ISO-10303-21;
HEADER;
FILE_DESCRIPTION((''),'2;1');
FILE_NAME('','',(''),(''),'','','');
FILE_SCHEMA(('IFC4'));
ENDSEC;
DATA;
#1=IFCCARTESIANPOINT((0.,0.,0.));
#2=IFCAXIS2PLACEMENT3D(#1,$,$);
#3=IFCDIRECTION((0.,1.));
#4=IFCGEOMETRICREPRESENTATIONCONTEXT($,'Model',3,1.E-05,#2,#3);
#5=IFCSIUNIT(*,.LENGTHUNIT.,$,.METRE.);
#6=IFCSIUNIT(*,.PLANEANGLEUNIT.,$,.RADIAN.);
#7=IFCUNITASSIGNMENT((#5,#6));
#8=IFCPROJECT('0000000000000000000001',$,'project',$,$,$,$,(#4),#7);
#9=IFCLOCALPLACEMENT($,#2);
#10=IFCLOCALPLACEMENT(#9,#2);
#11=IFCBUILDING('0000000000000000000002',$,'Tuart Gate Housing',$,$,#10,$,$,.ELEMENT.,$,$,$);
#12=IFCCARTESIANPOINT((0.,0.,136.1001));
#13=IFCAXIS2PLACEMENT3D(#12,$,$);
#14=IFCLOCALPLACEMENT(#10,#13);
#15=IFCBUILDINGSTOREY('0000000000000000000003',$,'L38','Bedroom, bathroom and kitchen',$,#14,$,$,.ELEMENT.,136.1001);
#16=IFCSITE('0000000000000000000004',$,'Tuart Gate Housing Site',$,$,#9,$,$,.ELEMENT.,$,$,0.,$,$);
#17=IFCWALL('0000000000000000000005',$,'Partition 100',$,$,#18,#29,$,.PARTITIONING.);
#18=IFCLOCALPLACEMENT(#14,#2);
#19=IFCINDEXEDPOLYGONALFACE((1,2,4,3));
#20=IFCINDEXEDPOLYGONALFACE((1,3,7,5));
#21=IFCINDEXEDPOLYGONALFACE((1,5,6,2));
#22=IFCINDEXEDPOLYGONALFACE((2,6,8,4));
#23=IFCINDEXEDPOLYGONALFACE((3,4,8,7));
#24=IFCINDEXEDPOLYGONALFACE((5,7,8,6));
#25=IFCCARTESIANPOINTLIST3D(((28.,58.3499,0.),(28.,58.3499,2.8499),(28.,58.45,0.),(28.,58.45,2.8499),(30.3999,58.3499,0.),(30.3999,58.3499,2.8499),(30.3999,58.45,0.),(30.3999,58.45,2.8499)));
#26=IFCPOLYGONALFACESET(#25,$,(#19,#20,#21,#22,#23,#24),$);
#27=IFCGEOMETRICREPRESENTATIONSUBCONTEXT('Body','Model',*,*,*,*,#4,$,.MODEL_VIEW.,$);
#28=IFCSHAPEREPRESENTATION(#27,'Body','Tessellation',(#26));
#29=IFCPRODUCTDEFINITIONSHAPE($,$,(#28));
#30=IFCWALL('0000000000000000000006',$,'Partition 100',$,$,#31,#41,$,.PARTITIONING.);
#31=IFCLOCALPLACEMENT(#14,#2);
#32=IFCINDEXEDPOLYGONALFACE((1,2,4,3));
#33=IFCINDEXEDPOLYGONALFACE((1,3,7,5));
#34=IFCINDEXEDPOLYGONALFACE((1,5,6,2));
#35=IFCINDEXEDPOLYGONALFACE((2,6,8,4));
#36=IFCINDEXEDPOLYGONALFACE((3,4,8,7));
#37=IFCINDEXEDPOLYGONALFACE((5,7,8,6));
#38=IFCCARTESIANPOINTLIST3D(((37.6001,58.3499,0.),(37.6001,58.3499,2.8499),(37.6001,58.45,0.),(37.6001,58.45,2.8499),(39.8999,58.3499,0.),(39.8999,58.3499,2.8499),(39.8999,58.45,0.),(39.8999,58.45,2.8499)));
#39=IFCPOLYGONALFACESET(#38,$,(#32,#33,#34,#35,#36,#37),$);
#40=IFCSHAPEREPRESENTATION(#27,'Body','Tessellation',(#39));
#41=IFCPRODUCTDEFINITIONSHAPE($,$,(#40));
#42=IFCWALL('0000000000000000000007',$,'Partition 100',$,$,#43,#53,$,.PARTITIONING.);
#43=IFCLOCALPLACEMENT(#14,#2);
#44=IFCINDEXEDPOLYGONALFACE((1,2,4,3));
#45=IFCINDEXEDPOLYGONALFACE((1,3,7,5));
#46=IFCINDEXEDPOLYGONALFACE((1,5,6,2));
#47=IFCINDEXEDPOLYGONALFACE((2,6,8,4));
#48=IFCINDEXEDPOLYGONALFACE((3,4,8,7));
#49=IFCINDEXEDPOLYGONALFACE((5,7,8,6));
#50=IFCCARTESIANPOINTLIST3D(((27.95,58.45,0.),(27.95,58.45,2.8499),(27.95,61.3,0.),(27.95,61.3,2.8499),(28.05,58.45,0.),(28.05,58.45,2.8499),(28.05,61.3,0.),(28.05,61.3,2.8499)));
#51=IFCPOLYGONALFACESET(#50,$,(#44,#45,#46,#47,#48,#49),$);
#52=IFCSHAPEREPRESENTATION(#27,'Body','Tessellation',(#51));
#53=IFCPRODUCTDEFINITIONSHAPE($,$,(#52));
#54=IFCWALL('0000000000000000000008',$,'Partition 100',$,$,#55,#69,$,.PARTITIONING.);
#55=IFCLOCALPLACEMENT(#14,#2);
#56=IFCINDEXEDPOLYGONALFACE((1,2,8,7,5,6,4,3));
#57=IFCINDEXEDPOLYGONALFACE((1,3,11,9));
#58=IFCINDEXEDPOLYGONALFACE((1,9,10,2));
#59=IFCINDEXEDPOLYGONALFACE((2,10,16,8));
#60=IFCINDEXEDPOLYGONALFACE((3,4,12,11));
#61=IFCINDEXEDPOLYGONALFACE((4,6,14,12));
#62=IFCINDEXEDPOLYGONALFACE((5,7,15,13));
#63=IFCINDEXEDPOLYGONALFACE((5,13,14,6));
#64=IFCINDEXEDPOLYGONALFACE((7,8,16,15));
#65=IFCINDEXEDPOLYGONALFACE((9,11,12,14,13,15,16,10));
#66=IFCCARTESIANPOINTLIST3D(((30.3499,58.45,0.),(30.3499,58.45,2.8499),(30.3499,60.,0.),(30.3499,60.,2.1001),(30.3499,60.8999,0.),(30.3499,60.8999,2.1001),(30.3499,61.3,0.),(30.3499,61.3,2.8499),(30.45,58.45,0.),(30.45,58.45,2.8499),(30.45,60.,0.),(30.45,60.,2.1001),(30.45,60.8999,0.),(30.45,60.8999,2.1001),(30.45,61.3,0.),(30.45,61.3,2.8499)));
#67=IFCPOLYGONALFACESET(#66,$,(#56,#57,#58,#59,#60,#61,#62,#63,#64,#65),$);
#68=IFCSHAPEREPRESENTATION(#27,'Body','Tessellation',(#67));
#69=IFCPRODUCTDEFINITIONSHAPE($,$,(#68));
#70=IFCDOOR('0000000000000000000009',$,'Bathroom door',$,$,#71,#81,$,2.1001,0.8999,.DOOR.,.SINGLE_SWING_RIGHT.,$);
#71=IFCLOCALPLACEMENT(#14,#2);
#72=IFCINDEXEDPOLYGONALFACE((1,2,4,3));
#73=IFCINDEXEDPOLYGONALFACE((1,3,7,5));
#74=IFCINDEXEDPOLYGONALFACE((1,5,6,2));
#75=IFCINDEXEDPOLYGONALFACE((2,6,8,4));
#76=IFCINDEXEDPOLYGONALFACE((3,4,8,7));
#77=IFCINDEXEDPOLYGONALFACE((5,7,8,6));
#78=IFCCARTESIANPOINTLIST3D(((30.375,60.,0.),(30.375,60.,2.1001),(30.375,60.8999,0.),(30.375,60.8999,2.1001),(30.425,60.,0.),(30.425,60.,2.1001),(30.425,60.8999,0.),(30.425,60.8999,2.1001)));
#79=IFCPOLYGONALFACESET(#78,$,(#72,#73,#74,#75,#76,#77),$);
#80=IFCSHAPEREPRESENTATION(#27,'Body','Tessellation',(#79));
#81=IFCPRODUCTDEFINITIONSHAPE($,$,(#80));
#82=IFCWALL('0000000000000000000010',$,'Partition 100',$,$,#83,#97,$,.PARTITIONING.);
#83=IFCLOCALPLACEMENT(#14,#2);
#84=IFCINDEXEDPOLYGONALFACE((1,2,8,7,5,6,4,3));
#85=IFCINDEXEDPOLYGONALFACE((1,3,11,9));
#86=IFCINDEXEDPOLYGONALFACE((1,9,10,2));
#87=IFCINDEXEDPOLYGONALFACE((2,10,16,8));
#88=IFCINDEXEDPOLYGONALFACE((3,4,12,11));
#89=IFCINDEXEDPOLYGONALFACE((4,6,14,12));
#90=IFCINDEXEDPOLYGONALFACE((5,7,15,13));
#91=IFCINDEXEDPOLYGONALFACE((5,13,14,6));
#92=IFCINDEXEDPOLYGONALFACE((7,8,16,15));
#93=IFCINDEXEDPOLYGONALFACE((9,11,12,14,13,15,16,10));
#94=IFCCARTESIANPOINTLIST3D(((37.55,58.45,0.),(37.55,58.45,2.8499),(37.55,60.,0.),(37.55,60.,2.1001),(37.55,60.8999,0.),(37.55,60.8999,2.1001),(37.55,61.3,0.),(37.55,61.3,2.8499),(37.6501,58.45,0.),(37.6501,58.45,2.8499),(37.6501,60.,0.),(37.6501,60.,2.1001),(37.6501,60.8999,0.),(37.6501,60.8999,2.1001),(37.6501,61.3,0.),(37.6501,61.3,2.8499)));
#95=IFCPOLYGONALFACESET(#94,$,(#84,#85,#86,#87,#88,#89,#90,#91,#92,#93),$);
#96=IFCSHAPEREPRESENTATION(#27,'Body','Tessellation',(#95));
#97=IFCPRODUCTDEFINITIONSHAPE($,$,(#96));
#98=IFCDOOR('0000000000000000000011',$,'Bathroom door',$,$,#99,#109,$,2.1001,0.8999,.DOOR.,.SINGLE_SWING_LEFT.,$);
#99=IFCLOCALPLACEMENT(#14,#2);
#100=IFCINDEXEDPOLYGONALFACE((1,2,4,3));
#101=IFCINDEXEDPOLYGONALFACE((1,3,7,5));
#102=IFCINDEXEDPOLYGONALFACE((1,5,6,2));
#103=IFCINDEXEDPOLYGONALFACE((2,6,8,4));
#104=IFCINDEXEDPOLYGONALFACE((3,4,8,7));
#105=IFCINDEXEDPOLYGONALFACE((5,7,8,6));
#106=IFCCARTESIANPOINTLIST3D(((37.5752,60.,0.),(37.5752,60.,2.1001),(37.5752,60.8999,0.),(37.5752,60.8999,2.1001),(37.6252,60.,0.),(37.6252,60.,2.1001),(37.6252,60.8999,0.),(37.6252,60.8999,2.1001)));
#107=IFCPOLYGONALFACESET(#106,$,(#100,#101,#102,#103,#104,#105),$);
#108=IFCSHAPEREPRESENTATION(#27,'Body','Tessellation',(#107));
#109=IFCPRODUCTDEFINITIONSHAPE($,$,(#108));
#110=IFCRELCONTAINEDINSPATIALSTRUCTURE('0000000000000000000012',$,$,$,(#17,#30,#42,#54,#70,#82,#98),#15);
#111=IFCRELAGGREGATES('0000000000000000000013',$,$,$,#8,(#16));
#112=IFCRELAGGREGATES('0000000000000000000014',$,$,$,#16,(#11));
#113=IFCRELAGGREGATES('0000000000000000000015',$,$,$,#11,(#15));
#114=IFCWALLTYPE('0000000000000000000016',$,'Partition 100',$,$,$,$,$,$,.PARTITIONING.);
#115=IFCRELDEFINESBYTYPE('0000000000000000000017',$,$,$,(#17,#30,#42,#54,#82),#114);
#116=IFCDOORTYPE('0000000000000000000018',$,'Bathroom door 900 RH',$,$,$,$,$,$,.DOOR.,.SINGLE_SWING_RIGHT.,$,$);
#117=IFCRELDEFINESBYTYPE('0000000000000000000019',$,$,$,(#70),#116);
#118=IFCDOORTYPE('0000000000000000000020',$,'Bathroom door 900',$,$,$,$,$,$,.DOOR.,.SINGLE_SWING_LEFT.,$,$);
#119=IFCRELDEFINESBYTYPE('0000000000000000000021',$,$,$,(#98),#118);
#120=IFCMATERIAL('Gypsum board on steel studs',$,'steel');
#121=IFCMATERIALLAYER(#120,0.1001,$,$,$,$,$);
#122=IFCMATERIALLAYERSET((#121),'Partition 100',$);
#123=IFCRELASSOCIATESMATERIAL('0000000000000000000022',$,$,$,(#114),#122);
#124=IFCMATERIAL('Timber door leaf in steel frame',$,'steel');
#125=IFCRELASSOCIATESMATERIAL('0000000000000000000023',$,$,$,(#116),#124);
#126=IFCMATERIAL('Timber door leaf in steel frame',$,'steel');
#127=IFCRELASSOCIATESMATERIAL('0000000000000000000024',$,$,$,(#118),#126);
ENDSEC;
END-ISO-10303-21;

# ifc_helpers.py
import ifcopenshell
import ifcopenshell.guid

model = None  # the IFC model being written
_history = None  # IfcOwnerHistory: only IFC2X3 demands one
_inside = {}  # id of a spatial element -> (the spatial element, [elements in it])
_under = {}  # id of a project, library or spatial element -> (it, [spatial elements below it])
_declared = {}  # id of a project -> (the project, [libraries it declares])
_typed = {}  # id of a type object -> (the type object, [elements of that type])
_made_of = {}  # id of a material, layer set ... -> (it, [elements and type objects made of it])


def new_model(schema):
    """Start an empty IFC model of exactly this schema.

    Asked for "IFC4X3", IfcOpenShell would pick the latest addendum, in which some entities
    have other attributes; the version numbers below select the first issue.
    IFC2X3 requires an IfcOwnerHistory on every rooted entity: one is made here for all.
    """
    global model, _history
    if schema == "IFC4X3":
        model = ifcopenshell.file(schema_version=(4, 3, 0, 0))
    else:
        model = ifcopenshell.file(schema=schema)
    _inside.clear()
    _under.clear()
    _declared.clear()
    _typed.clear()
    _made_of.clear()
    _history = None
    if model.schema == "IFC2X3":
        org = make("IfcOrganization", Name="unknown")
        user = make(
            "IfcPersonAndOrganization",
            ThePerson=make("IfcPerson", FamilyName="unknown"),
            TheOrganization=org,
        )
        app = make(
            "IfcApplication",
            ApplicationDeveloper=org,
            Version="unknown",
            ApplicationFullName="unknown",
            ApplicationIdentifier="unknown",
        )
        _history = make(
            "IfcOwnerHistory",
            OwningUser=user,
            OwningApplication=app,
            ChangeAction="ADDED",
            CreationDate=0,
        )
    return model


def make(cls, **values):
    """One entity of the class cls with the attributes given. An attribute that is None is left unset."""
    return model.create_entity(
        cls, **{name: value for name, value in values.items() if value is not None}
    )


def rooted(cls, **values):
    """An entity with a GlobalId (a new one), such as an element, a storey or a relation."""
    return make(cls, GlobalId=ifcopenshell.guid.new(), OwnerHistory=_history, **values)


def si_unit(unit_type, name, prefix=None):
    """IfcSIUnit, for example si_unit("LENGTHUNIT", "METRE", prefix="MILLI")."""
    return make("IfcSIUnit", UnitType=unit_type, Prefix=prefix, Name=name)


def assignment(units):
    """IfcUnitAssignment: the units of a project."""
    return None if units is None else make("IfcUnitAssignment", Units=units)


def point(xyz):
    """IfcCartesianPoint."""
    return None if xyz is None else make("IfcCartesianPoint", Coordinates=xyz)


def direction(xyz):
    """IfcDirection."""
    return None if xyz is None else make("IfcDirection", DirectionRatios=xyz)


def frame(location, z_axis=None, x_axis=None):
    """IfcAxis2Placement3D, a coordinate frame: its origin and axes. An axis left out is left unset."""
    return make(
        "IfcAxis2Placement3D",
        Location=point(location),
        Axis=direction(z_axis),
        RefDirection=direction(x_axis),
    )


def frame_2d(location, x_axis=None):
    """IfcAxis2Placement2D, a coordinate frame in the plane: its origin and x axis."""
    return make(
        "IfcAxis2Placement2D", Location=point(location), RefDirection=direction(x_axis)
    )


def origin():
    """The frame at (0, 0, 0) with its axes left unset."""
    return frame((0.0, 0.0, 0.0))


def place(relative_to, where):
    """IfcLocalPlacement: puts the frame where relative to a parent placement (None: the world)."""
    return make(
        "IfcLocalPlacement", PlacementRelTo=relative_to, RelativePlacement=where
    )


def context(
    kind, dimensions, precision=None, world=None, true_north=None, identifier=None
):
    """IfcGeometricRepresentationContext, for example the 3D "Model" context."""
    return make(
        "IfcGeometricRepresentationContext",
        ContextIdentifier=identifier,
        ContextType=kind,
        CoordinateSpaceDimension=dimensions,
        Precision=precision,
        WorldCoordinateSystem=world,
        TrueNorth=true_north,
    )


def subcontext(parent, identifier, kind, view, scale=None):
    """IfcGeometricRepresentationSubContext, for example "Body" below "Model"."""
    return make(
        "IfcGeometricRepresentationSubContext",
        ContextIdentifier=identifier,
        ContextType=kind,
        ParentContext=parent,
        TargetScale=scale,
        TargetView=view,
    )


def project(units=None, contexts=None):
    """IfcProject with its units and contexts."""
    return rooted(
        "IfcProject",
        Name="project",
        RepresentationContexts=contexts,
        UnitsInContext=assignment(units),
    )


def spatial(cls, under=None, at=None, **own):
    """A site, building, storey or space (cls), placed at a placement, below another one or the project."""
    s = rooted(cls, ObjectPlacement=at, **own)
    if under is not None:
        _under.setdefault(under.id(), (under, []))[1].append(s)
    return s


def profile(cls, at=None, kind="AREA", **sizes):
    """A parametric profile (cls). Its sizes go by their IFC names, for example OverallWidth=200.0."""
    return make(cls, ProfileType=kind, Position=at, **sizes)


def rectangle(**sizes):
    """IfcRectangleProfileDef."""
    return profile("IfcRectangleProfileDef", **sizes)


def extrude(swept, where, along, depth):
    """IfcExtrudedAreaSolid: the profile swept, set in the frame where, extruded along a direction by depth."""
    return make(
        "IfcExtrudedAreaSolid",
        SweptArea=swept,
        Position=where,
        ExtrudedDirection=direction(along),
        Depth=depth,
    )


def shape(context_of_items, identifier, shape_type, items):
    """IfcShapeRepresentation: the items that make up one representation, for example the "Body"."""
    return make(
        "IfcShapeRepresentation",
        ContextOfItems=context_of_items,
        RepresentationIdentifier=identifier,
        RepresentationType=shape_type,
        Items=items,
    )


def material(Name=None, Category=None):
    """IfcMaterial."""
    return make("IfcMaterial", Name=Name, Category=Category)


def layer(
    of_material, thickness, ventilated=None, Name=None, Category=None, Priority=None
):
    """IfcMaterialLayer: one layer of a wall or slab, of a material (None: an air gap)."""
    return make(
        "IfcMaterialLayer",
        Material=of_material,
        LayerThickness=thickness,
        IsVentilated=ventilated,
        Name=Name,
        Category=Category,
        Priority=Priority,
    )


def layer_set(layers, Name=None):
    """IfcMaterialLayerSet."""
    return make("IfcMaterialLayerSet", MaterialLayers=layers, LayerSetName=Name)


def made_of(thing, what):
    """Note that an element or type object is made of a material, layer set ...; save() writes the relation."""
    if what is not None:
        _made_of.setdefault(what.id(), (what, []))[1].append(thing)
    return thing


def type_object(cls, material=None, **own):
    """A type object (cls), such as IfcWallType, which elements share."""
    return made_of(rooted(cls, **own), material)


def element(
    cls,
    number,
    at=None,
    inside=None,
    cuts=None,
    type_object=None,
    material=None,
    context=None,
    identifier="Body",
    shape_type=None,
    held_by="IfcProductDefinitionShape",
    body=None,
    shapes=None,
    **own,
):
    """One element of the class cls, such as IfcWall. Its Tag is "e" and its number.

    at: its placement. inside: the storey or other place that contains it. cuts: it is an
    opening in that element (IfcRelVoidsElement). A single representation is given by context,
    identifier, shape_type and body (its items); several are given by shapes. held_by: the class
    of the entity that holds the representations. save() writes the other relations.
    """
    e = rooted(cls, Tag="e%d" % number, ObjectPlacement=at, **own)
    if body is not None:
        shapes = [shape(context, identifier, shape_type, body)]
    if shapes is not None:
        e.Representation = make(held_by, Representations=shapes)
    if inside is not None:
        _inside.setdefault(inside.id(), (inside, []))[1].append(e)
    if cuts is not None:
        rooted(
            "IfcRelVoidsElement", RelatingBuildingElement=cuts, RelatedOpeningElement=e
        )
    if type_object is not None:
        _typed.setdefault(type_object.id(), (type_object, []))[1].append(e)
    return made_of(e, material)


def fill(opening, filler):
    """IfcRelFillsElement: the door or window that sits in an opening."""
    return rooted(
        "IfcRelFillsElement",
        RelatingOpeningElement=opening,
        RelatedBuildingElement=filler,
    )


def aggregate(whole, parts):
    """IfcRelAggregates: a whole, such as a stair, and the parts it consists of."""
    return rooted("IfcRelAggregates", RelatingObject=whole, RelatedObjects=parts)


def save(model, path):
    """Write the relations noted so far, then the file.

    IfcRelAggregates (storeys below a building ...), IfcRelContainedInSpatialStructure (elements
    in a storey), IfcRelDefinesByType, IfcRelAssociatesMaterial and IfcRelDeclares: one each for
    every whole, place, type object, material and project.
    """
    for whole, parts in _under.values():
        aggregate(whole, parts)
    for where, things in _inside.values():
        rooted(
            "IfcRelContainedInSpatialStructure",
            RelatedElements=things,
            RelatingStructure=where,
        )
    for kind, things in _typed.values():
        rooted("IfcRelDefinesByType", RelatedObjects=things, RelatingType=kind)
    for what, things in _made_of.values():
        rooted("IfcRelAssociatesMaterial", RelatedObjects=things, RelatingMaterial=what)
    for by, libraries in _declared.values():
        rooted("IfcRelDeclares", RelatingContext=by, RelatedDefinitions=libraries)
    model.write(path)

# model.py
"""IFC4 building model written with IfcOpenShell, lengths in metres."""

from ifc_helpers import new_model, si_unit, direction, frame, frame_2d, origin, place, context, subcontext, project, spatial, rectangle, extrude, material, layer, layer_set, type_object, element, fill, save


model = new_model("IFC4")

# Units and contexts
model_context = context("Model", 3, precision=1e-05, world=origin(), true_north=direction((0.0, 1.0)))
body_context = subcontext(model_context, "Body", "Model", "MODEL_VIEW")
ifc_project = project(units=[si_unit("LENGTHUNIT", "METRE"), si_unit("PLANEANGLEUNIT", "RADIAN")], contexts=[model_context])

# Site, building, storey
site_placement = place(None, origin())
site = spatial("IfcSite", under=ifc_project, at=site_placement, Name="Tuart Gate Housing Site", CompositionType="ELEMENT", RefElevation=0.0)
building_placement = place(site_placement, origin())
building = spatial("IfcBuilding", under=site, at=building_placement, Name="Tuart Gate Housing", CompositionType="ELEMENT")
storey_placement = place(building_placement, frame((0.0, 0.0, 136.1001)))
storey = spatial("IfcBuildingStorey", under=building, at=storey_placement, Name="L38", Description="Bedroom, bathroom and kitchen", CompositionType="ELEMENT", Elevation=136.1001)

# Walls
ifc_material_1 = material(Name="Gypsum board on steel studs", Category="steel")
ifc_layer_1 = layer(ifc_material_1, 0.1001)
ifc_layer_set_1 = layer_set([ifc_layer_1], Name="Partition 100")
wall_type_1 = type_object("IfcWallType", Name="Partition 100", PredefinedType="PARTITIONING", material=ifc_layer_set_1)
wall_1_placement = place(storey_placement, frame((28.0, 58.3999, 0.0), z_axis=(0.0, 0.0, 1.0), x_axis=(1.0, 0.0, 0.0)))
element("IfcWall", 1, at=wall_1_placement, inside=storey, type_object=wall_type_1, Name="Partition 100", PredefinedType="PARTITIONING", context=body_context, shape_type="SweptSolid", body=[
    extrude(rectangle(XDim=2.3999, YDim=0.1001, at=frame_2d((1.2, 0.0))), origin(), (0.0, 0.0, 1.0), 2.8499),
])
wall_2_placement = place(storey_placement, frame((37.6001, 58.3999, 0.0), z_axis=(0.0, 0.0, 1.0), x_axis=(1.0, 0.0, 0.0)))
element("IfcWall", 2, at=wall_2_placement, inside=storey, type_object=wall_type_1, Name="Partition 100", PredefinedType="PARTITIONING", context=body_context, shape_type="SweptSolid", body=[
    extrude(rectangle(XDim=2.2998, YDim=0.1001, at=frame_2d((1.1499, 0.0))), origin(), (0.0, 0.0, 1.0), 2.8499),
])
wall_3_placement = place(storey_placement, frame((28.0, 58.45, 0.0), z_axis=(0.0, 0.0, 1.0), x_axis=(0.0, 1.0, 0.0)))
element("IfcWall", 3, at=wall_3_placement, inside=storey, type_object=wall_type_1, Name="Partition 100", PredefinedType="PARTITIONING", context=body_context, shape_type="SweptSolid", body=[
    extrude(rectangle(XDim=2.8501, YDim=0.1001, at=frame_2d((1.425, 0.0))), origin(), (0.0, 0.0, 1.0), 2.8499),
])

# Walls, openings, doors
wall_4_placement = place(storey_placement, frame((30.3999, 58.45, 0.0), z_axis=(0.0, 0.0, 1.0), x_axis=(0.0, 1.0, 0.0)))
wall_4 = element("IfcWall", 4, at=wall_4_placement, inside=storey, type_object=wall_type_1, Name="Partition 100", PredefinedType="PARTITIONING", context=body_context, shape_type="SweptSolid", body=[
    extrude(rectangle(XDim=2.8501, YDim=0.1001, at=frame_2d((1.425, 0.0))), origin(), (0.0, 0.0, 1.0), 2.8499),
])
opening_1_placement = place(wall_4_placement, frame((1.55, 0.0, 0.0)))
opening_1 = element("IfcOpeningElement", 5, at=opening_1_placement, cuts=wall_4, PredefinedType="OPENING", context=body_context, shape_type="SweptSolid", body=[
    extrude(rectangle(XDim=0.8999, YDim=2.1001, at=frame_2d((0.45, 1.05))), frame((0.0, 0.0601, 0.0), z_axis=(0.0, -1.0, 0.0), x_axis=(1.0, 0.0, 0.0)), (0.0, 0.0, 1.0), 0.1201),
])
ifc_material_2 = material(Name="Timber door leaf in steel frame", Category="steel")
door_type_1 = type_object("IfcDoorType", Name="Bathroom door 900 RH", OperationType="SINGLE_SWING_RIGHT", PredefinedType="DOOR", material=ifc_material_2)
door_1_placement = place(opening_1_placement, origin())
door_1 = element("IfcDoor", 6, at=door_1_placement, inside=storey, type_object=door_type_1, Name="Bathroom door", OperationType="SINGLE_SWING_RIGHT", OverallHeight=2.1001, OverallWidth=0.8999, PredefinedType="DOOR", context=body_context, shape_type="SweptSolid", body=[
    extrude(rectangle(XDim=0.8999, YDim=2.1001, at=frame_2d((0.45, 1.05))), frame((0.0, 0.0249, 0.0), z_axis=(0.0, -1.0, 0.0), x_axis=(1.0, 0.0, 0.0)), (0.0, 0.0, 1.0), 0.05),
])
fill(opening_1, door_1)
wall_5_placement = place(storey_placement, frame((37.6001, 58.45, 0.0), z_axis=(0.0, 0.0, 1.0), x_axis=(0.0, 1.0, 0.0)))
wall_5 = element("IfcWall", 7, at=wall_5_placement, inside=storey, type_object=wall_type_1, Name="Partition 100", PredefinedType="PARTITIONING", context=body_context, shape_type="SweptSolid", body=[
    extrude(rectangle(XDim=2.8501, YDim=0.1001, at=frame_2d((1.425, 0.0))), origin(), (0.0, 0.0, 1.0), 2.8499),
])
opening_2_placement = place(wall_5_placement, frame((1.55, 0.0, 0.0)))
opening_2 = element("IfcOpeningElement", 8, at=opening_2_placement, cuts=wall_5, PredefinedType="OPENING", context=body_context, shape_type="SweptSolid", body=[
    extrude(rectangle(XDim=0.8999, YDim=2.1001, at=frame_2d((0.45, 1.05))), frame((0.0, 0.0601, 0.0), z_axis=(0.0, -1.0, 0.0), x_axis=(1.0, 0.0, 0.0)), (0.0, 0.0, 1.0), 0.1201),
])
ifc_material_3 = material(Name="Timber door leaf in steel frame", Category="steel")
door_type_2 = type_object("IfcDoorType", Name="Bathroom door 900", OperationType="SINGLE_SWING_LEFT", PredefinedType="DOOR", material=ifc_material_3)
door_2_placement = place(opening_2_placement, frame((0.8999, 0.0, 0.0), z_axis=(0.0, 0.0, 1.0), x_axis=(-1.0, 0.0, 0.0)))
door_2 = element("IfcDoor", 9, at=door_2_placement, inside=storey, type_object=door_type_2, Name="Bathroom door", OperationType="SINGLE_SWING_LEFT", OverallHeight=2.1001, OverallWidth=0.8999, PredefinedType="DOOR", context=body_context, shape_type="SweptSolid", body=[
    extrude(rectangle(XDim=0.8999, YDim=2.1001, at=frame_2d((0.45, 1.05))), frame((0.0, 0.0251, 0.0), z_axis=(0.0, -1.0, 0.0), x_axis=(1.0, 0.0, 0.0)), (0.0, 0.0, 1.0), 0.05),
])
fill(opening_2, door_2)

save(model, "model.ifc")
